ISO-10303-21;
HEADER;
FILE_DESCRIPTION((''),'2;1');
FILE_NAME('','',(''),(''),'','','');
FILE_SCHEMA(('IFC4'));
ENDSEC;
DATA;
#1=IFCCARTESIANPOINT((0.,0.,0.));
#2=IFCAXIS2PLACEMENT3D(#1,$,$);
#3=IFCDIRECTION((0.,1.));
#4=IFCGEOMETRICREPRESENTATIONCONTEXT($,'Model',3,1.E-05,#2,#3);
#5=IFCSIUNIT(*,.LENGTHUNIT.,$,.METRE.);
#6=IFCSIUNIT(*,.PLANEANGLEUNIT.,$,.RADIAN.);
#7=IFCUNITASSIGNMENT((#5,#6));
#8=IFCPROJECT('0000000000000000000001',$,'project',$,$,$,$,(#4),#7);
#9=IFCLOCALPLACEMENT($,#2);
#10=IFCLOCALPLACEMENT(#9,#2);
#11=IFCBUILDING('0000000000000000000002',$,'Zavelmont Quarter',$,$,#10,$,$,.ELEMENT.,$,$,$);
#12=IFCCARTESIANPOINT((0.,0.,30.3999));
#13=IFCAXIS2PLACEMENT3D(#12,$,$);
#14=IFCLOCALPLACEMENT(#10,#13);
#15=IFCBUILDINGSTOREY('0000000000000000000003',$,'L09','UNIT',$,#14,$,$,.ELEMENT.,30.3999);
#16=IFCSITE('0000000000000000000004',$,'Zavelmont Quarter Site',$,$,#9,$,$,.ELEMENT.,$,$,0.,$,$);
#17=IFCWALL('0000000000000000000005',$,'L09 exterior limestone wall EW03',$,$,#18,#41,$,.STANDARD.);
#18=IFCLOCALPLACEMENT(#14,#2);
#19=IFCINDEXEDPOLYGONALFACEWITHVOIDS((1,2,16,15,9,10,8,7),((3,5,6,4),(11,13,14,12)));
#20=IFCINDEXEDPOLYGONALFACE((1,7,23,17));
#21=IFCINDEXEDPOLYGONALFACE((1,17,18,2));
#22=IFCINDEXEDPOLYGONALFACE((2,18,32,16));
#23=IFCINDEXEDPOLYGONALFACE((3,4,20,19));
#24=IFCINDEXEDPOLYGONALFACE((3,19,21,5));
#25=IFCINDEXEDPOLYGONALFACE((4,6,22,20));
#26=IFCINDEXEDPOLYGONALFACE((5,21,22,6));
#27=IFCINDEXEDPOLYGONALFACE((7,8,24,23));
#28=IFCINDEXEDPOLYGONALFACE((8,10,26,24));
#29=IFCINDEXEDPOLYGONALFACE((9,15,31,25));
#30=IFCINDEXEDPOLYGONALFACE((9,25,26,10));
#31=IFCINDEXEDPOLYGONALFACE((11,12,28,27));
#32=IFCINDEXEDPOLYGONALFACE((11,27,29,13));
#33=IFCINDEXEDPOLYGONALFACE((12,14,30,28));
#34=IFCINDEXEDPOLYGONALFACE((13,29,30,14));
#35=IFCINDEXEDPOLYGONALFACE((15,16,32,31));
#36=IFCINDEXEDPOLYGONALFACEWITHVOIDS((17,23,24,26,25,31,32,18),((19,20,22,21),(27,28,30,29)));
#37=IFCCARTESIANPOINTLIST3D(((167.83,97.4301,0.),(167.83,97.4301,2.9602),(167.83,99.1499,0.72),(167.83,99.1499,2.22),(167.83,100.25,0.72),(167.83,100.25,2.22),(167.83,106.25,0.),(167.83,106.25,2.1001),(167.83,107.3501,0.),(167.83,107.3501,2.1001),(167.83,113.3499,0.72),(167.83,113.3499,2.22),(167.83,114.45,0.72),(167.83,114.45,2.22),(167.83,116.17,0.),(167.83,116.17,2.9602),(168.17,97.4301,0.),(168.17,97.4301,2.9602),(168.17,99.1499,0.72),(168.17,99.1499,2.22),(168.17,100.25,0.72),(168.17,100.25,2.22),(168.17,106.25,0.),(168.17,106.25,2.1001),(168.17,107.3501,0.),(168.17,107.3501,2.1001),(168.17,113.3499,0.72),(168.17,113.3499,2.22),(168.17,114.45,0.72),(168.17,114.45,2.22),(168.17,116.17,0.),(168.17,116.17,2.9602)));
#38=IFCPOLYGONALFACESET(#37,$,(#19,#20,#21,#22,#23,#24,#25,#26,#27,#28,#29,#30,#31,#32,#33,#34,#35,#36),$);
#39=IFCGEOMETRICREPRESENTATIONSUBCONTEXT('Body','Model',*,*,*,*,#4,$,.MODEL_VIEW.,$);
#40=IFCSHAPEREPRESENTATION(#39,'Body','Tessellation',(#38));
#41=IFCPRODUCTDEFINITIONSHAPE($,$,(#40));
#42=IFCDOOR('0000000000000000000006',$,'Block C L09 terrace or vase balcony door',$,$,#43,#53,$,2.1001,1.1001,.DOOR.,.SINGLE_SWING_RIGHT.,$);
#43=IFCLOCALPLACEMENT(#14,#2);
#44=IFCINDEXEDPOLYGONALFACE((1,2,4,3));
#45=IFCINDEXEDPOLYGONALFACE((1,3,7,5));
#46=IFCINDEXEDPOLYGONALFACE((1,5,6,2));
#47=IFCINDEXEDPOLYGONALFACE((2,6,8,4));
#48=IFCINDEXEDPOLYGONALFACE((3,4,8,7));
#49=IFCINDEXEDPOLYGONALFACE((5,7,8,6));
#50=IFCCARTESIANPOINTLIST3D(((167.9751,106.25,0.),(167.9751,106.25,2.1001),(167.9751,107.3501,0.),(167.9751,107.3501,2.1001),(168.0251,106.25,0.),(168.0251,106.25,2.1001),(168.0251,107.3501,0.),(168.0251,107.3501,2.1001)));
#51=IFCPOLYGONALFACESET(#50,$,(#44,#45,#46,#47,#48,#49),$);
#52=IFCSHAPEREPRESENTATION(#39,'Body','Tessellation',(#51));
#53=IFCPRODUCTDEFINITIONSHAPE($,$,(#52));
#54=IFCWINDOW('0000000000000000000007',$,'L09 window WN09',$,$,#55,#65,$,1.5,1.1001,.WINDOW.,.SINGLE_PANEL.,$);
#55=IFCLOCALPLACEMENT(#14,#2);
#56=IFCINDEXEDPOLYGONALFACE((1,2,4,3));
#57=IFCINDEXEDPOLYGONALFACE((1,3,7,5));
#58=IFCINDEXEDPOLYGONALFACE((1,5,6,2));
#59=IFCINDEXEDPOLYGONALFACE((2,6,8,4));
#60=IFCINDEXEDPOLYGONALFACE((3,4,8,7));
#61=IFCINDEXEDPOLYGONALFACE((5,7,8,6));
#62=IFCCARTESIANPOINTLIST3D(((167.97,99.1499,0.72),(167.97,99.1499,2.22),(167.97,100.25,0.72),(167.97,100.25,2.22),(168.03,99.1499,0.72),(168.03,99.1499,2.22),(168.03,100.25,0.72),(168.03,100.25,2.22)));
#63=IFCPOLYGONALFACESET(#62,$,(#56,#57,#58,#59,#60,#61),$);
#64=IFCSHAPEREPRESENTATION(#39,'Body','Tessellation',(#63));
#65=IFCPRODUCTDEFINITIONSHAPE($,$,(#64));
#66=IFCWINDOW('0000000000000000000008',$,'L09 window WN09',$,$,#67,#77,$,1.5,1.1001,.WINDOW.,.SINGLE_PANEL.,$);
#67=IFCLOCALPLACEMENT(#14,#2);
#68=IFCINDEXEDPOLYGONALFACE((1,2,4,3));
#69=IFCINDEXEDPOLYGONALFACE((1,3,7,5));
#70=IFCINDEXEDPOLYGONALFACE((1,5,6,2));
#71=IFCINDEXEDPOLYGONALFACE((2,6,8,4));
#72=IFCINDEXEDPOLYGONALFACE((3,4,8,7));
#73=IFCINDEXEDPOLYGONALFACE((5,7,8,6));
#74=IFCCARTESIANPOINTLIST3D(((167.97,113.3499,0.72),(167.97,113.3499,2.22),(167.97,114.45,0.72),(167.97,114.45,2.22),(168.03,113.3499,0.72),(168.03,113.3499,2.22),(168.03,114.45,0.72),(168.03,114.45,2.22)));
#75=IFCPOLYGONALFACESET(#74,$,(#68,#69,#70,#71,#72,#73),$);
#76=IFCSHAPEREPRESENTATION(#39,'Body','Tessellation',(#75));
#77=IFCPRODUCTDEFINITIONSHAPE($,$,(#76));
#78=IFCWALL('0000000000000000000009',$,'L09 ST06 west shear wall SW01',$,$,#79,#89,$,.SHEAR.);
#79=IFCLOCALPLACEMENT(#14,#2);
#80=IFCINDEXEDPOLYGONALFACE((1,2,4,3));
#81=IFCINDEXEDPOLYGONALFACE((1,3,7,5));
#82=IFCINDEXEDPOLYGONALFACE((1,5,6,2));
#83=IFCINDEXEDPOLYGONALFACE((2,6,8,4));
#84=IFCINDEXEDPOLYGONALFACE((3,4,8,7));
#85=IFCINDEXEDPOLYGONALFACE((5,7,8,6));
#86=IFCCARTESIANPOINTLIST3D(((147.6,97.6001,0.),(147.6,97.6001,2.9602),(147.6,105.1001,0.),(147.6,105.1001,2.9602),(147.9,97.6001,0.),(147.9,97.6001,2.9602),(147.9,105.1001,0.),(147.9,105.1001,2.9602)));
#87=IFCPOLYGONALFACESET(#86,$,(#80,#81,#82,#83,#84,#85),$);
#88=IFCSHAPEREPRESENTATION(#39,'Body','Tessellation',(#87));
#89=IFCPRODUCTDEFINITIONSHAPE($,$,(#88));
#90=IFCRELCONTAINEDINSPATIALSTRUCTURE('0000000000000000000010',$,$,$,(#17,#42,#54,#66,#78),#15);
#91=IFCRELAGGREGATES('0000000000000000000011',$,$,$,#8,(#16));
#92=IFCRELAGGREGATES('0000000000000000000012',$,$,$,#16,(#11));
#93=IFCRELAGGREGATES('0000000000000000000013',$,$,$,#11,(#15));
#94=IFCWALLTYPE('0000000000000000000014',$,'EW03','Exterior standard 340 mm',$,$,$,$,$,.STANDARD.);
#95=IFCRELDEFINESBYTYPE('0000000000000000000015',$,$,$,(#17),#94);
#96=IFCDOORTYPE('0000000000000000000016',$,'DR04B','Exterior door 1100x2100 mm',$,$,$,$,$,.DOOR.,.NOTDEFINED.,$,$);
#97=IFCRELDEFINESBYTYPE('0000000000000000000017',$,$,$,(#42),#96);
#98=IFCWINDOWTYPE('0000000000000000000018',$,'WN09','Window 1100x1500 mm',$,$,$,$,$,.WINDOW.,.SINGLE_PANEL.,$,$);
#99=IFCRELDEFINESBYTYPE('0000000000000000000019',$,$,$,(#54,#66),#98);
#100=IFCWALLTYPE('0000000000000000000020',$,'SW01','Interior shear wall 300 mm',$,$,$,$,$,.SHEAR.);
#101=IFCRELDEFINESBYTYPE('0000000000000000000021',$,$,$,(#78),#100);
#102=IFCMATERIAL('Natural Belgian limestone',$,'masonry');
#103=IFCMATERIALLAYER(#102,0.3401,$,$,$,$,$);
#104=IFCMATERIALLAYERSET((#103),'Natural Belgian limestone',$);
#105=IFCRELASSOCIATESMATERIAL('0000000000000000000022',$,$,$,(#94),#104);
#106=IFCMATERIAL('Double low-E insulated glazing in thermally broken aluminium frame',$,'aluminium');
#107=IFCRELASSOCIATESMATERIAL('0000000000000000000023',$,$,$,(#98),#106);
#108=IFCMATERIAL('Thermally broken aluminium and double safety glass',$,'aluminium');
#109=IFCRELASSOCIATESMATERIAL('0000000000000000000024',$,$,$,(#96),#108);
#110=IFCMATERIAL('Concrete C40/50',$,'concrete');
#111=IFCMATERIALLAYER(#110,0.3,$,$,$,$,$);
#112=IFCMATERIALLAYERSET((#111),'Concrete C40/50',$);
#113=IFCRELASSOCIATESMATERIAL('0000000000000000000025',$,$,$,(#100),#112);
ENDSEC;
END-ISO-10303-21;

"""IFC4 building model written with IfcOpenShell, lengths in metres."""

from ifc_helpers import new_model, si_unit, direction, frame, frame_2d, origin, origin_with_axes, place, context, subcontext, project, spatial, rectangle, extrude, material, layer, layer_set, type_object, element, fill, save


model = new_model("IFC4")

# Units and contexts
model_context = context("Model", 3, precision=1e-05, world=origin(), true_north=direction((0.0, 1.0)))
body_context = subcontext(model_context, "Body", "Model", "MODEL_VIEW")
ifc_project = project(units=[si_unit("LENGTHUNIT", "METRE"), si_unit("PLANEANGLEUNIT", "RADIAN")], contexts=[model_context])

# Site, building, storey
site_placement = place(None, origin())
site = spatial("IfcSite", under=ifc_project, at=site_placement, Name="Zavelmont Quarter Site", CompositionType="ELEMENT", RefElevation=0.0)
building_placement = place(site_placement, origin())
building = spatial("IfcBuilding", under=site, at=building_placement, Name="Zavelmont Quarter", CompositionType="ELEMENT")
storey_placement = place(building_placement, frame((0.0, 0.0, 30.3999)))
storey = spatial("IfcBuildingStorey", under=building, at=storey_placement, Name="L09", Description="UNIT", CompositionType="ELEMENT", Elevation=30.3999)

# Shared definitions
ifc_material_1 = material(Name="Natural Belgian limestone", Category="masonry")
ifc_layer_1 = layer(ifc_material_1, 0.3401)
ifc_layer_set_1 = layer_set([ifc_layer_1], Name="Natural Belgian limestone")
wall_type_1 = type_object("IfcWallType", Name="EW03", Description="Exterior standard 340 mm", PredefinedType="STANDARD", material=ifc_layer_set_1)
ifc_material_2 = material(Name="Double low-E insulated glazing in thermally broken aluminium frame", Category="aluminium")
window_type_1 = type_object("IfcWindowType", Name="WN09", Description="Window 1100x1500 mm", PartitioningType="SINGLE_PANEL", PredefinedType="WINDOW", material=ifc_material_2)

# Wall, openings, door, windows
wall_1_placement = place(storey_placement, frame((168.0, 97.4299, 0.0), z_axis=(0.0, 0.0, 1.0), x_axis=(0.0, 1.0, 0.0)))
wall_1 = element("IfcWall", 1, at=wall_1_placement, inside=storey, type_object=wall_type_1, Name="L09 exterior limestone wall EW03", PredefinedType="STANDARD", context=body_context, shape_type="SweptSolid", body=[
    extrude(rectangle(XDim=18.74, YDim=0.3401, at=frame_2d((9.3701, 0.0))), origin(), (0.0, 0.0, 1.0), 2.9602),
])
opening_1_placement = place(wall_1_placement, frame((8.8201, 0.0, 0.0)))
opening_1 = element("IfcOpeningElement", 2, at=opening_1_placement, cuts=wall_1, PredefinedType="OPENING", context=body_context, shape_type="SweptSolid", body=[
    extrude(rectangle(XDim=1.1001, YDim=2.1001, at=frame_2d((0.55, 1.05))), frame((0.0, 0.1821, 0.0), z_axis=(0.0, -1.0, 0.0), x_axis=(1.0, 0.0, 0.0)), (0.0, 0.0, 1.0), 0.364),
])
opening_2_placement = place(wall_1_placement, frame((1.72, 0.0, 0.72)))
opening_2 = element("IfcOpeningElement", 3, at=opening_2_placement, cuts=wall_1, PredefinedType="OPENING", context=body_context, shape_type="SweptSolid", body=[
    extrude(rectangle(XDim=1.1001, YDim=1.5, at=frame_2d((0.55, 0.75))), frame((0.0, 0.1821, 0.0), z_axis=(0.0, -1.0, 0.0), x_axis=(1.0, 0.0, 0.0)), (0.0, 0.0, 1.0), 0.364),
])
opening_3_placement = place(wall_1_placement, frame((15.9199, 0.0, 0.72)))
opening_3 = element("IfcOpeningElement", 4, at=opening_3_placement, cuts=wall_1, PredefinedType="OPENING", context=body_context, shape_type="SweptSolid", body=[
    extrude(rectangle(XDim=1.1001, YDim=1.5, at=frame_2d((0.55, 0.75))), frame((0.0, 0.1821, 0.0), z_axis=(0.0, -1.0, 0.0), x_axis=(1.0, 0.0, 0.0)), (0.0, 0.0, 1.0), 0.364),
])
ifc_material_3 = material(Name="Thermally broken aluminium and double safety glass", Category="aluminium")
door_type = type_object("IfcDoorType", Name="DR04B", Description="Exterior door 1100x2100 mm", OperationType="NOTDEFINED", PredefinedType="DOOR", material=ifc_material_3)
door_placement = place(opening_1_placement, origin_with_axes())
door = element("IfcDoor", 5, at=door_placement, inside=storey, type_object=door_type, Name="Block C L09 terrace or vase balcony door", OperationType="SINGLE_SWING_RIGHT", OverallHeight=2.1001, OverallWidth=1.1001, PredefinedType="DOOR", context=body_context, shape_type="SweptSolid", body=[
    extrude(rectangle(XDim=1.1001, YDim=2.1001, at=frame_2d((0.55, 1.05))), frame((0.0, 0.0249, 0.0), z_axis=(0.0, -1.0, 0.0), x_axis=(1.0, 0.0, 0.0)), (0.0, 0.0, 1.0), 0.05),
])
fill(opening_1, door)
window_1_placement = place(opening_2_placement, origin_with_axes())
window_1 = element("IfcWindow", 6, at=window_1_placement, inside=storey, type_object=window_type_1, Name="L09 window WN09", OverallHeight=1.5, OverallWidth=1.1001, PartitioningType="SINGLE_PANEL", PredefinedType="WINDOW", context=body_context, shape_type="SweptSolid", body=[
    extrude(rectangle(XDim=1.1001, YDim=1.5, at=frame_2d((0.55, 0.75))), frame((0.0, 0.03, 0.0), z_axis=(0.0, -1.0, 0.0), x_axis=(1.0, 0.0, 0.0)), (0.0, 0.0, 1.0), 0.0601),
])
fill(opening_2, window_1)
window_2_placement = place(opening_3_placement, origin_with_axes())
window_2 = element("IfcWindow", 7, at=window_2_placement, inside=storey, type_object=window_type_1, Name="L09 window WN09", OverallHeight=1.5, OverallWidth=1.1001, PartitioningType="SINGLE_PANEL", PredefinedType="WINDOW", context=body_context, shape_type="SweptSolid", body=[
    extrude(rectangle(XDim=1.1001, YDim=1.5, at=frame_2d((0.55, 0.75))), frame((0.0, 0.03, 0.0), z_axis=(0.0, -1.0, 0.0), x_axis=(1.0, 0.0, 0.0)), (0.0, 0.0, 1.0), 0.0601),
])
fill(opening_3, window_2)

# Wall
ifc_material_4 = material(Name="Concrete C40/50", Category="concrete")
ifc_layer_2 = layer(ifc_material_4, 0.3)
ifc_layer_set_2 = layer_set([ifc_layer_2], Name="Concrete C40/50")
wall_type_2 = type_object("IfcWallType", Name="SW01", Description="Interior shear wall 300 mm", PredefinedType="SHEAR", material=ifc_layer_set_2)
wall_2_placement = place(storey_placement, frame((147.75, 97.6001, 0.0), z_axis=(0.0, 0.0, 1.0), x_axis=(0.0, 1.0, 0.0)))
element("IfcWall", 8, at=wall_2_placement, inside=storey, type_object=wall_type_2, Name="L09 ST06 west shear wall SW01", PredefinedType="SHEAR", context=body_context, shape_type="SweptSolid", body=[
    extrude(rectangle(XDim=7.5, YDim=0.3, at=frame_2d((3.75, 0.0))), origin(), (0.0, 0.0, 1.0), 2.9602),
])

save(model, "model.ifc")
